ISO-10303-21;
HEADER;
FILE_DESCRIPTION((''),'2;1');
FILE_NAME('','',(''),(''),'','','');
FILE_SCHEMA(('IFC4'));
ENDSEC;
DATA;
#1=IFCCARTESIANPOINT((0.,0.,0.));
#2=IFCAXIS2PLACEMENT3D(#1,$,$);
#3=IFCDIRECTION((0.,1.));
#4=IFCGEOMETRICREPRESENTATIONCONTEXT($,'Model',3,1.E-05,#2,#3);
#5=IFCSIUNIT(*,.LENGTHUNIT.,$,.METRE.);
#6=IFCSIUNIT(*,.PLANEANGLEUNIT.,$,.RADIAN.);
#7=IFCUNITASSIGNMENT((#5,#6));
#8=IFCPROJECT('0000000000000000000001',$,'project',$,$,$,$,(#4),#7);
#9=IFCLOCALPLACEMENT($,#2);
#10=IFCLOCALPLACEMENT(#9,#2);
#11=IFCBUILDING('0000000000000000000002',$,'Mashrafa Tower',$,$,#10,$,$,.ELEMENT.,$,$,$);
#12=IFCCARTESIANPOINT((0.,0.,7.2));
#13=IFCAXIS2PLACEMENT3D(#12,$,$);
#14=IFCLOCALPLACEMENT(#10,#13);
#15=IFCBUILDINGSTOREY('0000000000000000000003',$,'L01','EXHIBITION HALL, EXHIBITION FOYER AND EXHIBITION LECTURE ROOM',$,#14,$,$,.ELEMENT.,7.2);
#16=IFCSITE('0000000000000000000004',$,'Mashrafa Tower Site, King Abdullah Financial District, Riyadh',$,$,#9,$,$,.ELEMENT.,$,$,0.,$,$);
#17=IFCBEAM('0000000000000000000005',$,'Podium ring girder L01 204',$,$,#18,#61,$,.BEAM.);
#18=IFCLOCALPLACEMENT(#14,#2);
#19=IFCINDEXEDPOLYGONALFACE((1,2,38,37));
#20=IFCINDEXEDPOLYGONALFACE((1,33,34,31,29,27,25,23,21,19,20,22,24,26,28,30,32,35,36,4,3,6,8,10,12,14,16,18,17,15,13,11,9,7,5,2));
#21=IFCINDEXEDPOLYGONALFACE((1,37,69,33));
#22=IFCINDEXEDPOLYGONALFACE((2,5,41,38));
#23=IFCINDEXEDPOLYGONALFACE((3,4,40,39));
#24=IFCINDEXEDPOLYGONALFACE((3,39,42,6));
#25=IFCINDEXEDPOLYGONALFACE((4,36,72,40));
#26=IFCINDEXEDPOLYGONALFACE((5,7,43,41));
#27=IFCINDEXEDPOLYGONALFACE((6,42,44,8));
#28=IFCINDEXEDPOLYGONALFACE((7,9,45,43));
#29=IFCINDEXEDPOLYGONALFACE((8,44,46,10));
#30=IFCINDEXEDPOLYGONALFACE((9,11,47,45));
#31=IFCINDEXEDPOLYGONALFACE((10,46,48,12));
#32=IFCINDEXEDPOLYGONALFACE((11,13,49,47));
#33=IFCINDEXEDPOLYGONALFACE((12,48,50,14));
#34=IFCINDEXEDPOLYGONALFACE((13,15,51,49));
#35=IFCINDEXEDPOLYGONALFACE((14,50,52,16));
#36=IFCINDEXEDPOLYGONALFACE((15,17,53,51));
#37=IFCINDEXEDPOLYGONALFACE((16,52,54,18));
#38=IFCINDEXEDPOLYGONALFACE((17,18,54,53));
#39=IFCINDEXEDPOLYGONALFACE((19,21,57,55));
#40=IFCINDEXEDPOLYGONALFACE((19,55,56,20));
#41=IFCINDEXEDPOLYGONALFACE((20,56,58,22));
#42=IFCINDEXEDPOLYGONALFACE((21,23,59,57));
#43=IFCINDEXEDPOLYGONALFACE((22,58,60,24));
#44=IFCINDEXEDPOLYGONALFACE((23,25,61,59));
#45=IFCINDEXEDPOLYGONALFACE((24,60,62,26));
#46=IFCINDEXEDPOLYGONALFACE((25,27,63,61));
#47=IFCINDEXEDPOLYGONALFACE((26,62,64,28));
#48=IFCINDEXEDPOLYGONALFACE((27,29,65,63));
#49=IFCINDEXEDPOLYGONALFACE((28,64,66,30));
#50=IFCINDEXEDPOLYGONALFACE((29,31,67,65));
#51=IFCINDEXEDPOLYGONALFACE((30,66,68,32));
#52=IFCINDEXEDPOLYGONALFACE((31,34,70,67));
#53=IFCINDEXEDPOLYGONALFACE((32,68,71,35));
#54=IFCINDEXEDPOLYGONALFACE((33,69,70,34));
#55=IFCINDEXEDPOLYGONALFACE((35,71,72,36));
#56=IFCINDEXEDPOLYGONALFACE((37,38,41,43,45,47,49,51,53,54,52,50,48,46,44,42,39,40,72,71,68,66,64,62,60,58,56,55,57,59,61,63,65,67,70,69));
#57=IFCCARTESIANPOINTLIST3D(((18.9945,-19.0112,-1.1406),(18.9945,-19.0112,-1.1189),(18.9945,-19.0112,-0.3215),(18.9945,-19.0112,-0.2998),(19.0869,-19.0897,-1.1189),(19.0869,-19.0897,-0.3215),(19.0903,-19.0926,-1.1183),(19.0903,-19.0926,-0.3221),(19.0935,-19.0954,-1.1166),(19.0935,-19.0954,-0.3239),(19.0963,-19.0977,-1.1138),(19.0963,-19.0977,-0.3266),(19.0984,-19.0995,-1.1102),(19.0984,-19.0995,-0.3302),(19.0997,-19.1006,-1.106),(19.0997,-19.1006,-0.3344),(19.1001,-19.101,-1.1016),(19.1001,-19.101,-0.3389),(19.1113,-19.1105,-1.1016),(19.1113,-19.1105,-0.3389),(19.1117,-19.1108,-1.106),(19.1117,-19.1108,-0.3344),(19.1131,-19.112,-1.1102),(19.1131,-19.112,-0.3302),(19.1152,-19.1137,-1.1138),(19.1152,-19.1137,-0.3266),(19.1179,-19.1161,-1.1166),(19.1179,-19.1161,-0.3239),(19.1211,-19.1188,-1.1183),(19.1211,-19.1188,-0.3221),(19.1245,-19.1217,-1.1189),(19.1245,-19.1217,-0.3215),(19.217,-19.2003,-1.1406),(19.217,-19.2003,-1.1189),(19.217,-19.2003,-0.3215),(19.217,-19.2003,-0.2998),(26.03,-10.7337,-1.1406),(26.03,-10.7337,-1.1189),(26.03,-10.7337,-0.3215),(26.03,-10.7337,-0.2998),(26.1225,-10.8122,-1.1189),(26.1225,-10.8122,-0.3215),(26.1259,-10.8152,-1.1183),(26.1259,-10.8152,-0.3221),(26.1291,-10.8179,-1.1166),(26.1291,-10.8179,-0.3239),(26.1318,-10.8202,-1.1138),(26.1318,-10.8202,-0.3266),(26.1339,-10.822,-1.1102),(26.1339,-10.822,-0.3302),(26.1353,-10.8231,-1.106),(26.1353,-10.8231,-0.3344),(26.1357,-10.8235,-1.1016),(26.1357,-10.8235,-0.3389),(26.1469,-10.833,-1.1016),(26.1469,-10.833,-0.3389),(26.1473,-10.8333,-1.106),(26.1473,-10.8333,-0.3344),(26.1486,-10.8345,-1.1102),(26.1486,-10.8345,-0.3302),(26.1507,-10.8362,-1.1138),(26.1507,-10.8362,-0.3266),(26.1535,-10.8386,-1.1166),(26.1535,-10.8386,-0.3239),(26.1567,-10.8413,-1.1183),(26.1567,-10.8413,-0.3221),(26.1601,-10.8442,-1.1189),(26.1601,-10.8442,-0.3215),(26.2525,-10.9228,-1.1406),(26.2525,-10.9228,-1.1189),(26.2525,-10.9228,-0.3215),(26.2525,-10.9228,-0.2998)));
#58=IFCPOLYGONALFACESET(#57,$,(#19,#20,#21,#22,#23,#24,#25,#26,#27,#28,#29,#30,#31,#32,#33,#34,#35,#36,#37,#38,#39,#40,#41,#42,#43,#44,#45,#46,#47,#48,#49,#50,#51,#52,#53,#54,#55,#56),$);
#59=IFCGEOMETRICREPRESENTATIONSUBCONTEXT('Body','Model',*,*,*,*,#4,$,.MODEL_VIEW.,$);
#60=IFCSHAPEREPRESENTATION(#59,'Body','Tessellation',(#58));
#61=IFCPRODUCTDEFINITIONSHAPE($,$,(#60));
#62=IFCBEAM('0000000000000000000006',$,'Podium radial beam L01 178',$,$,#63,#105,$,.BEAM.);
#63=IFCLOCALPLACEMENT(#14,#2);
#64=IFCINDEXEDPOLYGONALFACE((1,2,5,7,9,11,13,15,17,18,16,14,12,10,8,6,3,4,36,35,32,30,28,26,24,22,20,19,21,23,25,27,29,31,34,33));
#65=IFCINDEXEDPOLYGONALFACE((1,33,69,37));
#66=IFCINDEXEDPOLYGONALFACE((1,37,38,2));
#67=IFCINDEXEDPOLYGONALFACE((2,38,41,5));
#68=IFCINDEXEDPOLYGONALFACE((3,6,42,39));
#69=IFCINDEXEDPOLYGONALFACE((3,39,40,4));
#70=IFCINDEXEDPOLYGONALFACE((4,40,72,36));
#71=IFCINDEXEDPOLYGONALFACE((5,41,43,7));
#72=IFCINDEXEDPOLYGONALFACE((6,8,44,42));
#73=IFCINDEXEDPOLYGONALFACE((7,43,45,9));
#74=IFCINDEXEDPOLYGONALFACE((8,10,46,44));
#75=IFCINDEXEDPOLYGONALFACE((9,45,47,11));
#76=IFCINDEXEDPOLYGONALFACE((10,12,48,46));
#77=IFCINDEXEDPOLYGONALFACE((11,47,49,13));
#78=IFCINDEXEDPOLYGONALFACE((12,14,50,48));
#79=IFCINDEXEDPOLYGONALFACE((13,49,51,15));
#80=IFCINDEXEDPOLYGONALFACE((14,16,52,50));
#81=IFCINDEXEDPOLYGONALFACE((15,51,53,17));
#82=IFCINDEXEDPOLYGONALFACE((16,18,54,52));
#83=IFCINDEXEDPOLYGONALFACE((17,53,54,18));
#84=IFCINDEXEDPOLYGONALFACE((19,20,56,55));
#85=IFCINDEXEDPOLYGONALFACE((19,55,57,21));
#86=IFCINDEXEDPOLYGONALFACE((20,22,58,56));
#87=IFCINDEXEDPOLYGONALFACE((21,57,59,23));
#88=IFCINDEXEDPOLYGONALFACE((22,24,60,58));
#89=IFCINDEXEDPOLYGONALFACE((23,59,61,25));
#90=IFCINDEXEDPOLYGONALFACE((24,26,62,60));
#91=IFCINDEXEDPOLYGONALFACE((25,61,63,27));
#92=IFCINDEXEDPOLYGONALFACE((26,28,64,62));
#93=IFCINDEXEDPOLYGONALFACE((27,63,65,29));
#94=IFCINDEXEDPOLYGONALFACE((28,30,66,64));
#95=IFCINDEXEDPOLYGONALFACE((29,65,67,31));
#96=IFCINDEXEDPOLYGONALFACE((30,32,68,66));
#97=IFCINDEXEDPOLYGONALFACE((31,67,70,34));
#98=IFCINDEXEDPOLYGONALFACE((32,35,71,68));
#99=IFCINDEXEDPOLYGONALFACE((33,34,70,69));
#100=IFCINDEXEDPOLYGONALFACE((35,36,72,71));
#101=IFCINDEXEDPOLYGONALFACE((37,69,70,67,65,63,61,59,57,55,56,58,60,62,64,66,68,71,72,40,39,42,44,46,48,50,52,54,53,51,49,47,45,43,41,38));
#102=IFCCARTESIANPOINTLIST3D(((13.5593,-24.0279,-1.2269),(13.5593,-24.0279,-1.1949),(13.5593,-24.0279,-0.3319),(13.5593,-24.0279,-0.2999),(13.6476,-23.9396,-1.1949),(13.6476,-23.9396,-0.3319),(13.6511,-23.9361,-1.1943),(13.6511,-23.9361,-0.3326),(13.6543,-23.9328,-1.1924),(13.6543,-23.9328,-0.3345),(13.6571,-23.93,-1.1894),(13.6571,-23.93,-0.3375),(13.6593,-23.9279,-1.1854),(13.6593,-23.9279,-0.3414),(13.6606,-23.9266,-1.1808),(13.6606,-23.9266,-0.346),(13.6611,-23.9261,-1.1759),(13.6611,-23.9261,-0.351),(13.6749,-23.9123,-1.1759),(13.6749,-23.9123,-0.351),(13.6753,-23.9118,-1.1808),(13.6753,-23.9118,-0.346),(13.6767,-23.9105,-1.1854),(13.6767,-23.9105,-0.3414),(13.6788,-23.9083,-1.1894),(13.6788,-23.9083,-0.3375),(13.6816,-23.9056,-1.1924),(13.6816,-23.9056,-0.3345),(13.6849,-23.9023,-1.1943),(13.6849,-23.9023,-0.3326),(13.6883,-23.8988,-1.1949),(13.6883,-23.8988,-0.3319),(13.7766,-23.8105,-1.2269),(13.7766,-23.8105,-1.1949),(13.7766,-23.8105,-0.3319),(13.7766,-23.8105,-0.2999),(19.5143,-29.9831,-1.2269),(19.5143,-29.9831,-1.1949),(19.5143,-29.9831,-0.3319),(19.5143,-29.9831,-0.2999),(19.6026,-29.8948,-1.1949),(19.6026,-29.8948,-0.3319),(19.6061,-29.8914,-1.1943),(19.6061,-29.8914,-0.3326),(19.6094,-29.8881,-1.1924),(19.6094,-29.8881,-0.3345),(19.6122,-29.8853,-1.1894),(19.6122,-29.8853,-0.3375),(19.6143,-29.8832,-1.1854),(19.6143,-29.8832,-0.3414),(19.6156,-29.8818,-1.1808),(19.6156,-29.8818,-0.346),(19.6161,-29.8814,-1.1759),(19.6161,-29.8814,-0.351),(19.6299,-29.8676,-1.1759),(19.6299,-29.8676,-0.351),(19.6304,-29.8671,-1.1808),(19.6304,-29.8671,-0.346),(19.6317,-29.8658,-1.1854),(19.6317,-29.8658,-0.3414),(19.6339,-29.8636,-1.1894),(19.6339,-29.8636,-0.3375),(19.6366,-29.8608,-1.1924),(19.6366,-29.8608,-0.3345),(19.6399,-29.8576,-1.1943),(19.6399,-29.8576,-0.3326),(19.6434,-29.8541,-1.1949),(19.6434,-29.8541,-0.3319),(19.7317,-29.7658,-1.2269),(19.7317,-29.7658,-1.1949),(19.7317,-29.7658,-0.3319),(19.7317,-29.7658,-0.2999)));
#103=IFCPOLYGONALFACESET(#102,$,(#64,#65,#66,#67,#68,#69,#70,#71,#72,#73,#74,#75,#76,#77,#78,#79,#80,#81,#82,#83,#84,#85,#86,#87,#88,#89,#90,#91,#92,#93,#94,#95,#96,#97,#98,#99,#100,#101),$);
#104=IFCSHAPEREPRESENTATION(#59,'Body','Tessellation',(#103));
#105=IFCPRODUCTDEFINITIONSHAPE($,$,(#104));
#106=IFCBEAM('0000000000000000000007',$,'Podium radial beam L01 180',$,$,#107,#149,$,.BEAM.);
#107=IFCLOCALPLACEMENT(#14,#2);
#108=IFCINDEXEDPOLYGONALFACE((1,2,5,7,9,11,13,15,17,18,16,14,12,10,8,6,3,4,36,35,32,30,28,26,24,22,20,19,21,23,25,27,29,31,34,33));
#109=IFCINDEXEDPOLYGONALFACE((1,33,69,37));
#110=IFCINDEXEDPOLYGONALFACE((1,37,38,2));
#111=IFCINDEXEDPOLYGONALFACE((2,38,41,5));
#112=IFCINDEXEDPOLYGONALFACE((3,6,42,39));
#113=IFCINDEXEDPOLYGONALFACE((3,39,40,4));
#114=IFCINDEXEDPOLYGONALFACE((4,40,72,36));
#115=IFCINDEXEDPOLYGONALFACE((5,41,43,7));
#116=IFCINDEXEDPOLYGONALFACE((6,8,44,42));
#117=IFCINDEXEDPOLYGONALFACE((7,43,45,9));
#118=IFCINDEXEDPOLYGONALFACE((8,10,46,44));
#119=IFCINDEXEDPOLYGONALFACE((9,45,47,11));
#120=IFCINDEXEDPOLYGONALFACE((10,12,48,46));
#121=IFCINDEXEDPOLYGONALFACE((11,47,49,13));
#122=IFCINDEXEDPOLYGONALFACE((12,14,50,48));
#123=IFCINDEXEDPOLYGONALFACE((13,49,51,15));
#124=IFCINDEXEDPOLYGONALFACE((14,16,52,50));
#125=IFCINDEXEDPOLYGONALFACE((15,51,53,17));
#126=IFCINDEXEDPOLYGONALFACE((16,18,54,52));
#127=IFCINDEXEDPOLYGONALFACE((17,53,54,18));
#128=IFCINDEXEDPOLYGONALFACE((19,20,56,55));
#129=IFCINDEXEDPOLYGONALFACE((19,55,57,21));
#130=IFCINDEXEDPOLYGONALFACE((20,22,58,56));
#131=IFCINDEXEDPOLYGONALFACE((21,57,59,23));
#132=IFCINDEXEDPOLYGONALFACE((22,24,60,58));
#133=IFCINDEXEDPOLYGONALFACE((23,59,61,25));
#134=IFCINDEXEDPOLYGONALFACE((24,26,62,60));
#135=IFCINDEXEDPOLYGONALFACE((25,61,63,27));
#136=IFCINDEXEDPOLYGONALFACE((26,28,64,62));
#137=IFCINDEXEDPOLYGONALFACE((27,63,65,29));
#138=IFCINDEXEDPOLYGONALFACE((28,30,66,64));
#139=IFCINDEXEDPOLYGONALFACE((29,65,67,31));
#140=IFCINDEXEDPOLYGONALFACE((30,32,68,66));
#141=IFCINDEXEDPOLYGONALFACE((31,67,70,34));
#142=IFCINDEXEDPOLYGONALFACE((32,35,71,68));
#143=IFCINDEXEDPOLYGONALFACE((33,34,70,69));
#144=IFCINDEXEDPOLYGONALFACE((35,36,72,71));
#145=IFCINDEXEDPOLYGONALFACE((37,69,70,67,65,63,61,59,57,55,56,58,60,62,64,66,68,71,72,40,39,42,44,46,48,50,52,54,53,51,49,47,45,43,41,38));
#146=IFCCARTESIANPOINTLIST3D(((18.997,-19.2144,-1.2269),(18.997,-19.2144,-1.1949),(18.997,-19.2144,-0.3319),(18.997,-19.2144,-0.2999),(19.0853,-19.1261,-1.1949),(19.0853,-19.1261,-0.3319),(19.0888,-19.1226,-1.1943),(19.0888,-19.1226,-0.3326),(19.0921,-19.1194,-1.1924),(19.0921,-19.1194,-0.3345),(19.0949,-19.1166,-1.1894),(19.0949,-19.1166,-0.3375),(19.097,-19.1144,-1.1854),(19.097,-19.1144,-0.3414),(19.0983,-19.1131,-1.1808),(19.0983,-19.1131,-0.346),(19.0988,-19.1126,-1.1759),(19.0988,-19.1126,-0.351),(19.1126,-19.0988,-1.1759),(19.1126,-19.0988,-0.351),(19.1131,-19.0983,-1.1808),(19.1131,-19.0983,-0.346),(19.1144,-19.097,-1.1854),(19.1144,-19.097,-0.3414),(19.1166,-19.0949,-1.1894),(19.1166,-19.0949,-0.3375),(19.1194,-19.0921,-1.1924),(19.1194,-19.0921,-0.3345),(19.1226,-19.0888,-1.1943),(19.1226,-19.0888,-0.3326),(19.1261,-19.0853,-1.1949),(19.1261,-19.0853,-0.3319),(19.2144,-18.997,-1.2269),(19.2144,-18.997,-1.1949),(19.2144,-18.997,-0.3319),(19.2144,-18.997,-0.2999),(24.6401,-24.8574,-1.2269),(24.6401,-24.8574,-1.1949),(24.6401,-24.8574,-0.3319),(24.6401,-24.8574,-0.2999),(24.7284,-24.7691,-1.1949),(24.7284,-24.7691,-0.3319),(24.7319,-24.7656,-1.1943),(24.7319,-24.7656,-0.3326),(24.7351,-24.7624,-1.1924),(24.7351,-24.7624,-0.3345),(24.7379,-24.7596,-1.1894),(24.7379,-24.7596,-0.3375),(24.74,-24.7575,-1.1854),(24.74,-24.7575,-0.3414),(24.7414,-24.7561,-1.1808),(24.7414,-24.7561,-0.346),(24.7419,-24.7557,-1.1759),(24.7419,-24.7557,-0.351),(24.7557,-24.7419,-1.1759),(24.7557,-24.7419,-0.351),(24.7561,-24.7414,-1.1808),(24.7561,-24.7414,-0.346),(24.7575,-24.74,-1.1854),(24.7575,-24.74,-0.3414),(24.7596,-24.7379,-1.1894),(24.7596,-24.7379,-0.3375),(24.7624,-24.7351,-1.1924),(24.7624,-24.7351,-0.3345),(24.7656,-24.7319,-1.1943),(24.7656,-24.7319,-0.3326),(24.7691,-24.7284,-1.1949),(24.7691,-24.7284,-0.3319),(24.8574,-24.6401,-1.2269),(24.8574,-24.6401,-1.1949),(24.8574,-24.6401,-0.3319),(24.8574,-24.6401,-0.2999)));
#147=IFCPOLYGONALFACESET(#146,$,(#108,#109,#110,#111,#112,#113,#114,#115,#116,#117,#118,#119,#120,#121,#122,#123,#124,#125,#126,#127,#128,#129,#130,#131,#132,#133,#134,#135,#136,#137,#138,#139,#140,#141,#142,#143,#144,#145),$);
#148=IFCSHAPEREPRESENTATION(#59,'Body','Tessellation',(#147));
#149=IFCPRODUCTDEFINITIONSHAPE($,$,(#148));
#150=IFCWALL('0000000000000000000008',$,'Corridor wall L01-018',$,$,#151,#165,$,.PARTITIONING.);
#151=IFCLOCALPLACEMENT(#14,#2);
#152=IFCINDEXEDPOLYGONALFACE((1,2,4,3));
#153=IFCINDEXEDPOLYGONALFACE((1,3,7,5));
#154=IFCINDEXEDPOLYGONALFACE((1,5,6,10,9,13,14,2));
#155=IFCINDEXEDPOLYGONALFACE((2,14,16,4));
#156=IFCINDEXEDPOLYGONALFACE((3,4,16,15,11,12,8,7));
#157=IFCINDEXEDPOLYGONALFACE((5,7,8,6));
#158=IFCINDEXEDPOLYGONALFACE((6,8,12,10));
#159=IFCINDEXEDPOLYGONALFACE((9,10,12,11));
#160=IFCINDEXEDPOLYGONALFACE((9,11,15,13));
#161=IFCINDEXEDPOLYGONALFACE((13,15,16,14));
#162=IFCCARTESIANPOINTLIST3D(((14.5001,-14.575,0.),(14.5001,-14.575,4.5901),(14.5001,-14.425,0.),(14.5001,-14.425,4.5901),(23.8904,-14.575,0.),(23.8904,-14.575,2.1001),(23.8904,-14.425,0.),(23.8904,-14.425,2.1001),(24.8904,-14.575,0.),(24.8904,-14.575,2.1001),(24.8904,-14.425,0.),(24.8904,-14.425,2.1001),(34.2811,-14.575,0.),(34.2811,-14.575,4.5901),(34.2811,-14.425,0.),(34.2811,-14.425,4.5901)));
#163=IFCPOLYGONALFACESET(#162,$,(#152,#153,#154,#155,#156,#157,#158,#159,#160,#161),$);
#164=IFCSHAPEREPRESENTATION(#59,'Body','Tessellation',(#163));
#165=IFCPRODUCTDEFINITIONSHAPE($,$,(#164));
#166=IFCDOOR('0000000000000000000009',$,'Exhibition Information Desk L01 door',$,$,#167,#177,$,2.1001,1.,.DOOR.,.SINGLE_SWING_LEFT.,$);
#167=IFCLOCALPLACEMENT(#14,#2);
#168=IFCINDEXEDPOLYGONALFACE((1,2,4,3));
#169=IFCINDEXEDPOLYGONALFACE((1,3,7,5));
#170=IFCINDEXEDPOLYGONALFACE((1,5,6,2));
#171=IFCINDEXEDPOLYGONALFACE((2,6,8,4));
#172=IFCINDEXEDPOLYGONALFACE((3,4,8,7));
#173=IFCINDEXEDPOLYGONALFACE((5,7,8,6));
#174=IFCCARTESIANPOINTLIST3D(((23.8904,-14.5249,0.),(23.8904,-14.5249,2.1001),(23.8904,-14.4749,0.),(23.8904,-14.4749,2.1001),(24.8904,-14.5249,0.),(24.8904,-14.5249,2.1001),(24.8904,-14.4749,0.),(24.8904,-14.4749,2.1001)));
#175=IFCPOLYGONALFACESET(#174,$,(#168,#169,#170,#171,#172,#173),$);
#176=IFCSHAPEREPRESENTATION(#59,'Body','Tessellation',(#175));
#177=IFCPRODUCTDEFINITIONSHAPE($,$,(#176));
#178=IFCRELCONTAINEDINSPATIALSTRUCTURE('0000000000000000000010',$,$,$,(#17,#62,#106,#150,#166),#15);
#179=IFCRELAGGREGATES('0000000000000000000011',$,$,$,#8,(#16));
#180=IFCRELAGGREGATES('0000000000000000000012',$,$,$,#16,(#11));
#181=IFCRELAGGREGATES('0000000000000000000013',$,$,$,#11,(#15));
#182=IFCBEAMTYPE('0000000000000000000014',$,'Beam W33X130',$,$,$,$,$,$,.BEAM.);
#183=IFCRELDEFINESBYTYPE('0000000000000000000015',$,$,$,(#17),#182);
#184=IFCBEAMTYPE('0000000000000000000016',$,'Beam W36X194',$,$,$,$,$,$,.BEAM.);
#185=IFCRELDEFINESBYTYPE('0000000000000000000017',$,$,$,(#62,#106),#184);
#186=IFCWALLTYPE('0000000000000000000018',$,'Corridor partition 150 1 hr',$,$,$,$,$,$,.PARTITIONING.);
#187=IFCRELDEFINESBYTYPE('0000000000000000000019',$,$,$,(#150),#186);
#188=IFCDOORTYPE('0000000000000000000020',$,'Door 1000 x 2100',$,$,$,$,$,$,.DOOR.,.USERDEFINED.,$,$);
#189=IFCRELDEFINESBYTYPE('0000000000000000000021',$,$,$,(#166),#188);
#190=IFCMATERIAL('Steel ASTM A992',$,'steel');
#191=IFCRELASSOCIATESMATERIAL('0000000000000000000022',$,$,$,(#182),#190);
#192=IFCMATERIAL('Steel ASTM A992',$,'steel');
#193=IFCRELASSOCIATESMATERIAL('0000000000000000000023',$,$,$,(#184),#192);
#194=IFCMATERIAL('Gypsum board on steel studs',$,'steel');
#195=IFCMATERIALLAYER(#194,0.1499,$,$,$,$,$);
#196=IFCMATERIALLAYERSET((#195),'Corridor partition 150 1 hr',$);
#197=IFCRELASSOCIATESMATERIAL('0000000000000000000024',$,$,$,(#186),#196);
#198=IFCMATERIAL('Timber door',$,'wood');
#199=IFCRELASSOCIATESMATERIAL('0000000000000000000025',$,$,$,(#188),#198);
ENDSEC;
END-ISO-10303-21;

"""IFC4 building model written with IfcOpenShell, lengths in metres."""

from ifc_helpers import new_model, si_unit, direction, frame, frame_2d, origin, origin_2d, place, context, subcontext, project, spatial, rectangle, i_section, extrude, material, layer, layer_set, material_profile, profile_set, type_object, element, fill, save


model = new_model("IFC4")

# Units and contexts
model_context = context("Model", 3, precision=1e-05, world=origin(), true_north=direction((0.0, 1.0)))
body_context = subcontext(model_context, "Body", "Model", "MODEL_VIEW")
ifc_project = project(units=[si_unit("LENGTHUNIT", "METRE"), si_unit("PLANEANGLEUNIT", "RADIAN")], contexts=[model_context])

# Site, building, storey
site_placement = place(None, origin())
site = spatial("IfcSite", under=ifc_project, at=site_placement, Name="Mashrafa Tower Site, King Abdullah Financial District, Riyadh", CompositionType="ELEMENT", RefElevation=0.0)
building_placement = place(site_placement, origin())
building = spatial("IfcBuilding", under=site, at=building_placement, Name="Mashrafa Tower", CompositionType="ELEMENT")
storey_placement = place(building_placement, frame((0.0, 0.0, 7.2)))
storey = spatial("IfcBuildingStorey", under=building, at=storey_placement, Name="L01", Description="EXHIBITION HALL, EXHIBITION FOYER AND EXHIBITION LECTURE ROOM", CompositionType="ELEMENT", Elevation=7.2)

# Beams
ifc_material_1 = material(Name="Steel ASTM A992", Category="steel")
ifc_material_profile_1 = material_profile(ifc_material_1, i_section(OverallWidth=0.292, OverallDepth=0.8408, WebThickness=0.0146, FlangeThickness=0.0217, FilletRadius=0.0173, at=origin_2d()), Name="W33X130")
ifc_profile_set_1 = profile_set([ifc_material_profile_1], Name="Steel ASTM A992")
beam_type_1 = type_object("IfcBeamType", Name="Beam W33X130", PredefinedType="BEAM", material=ifc_profile_set_1)
beam_1_placement = place(storey_placement, frame((19.1057, -19.1057, -0.7202), z_axis=(0.647632, 0.761953, 0.0), x_axis=(-0.761953, 0.647632, 0.0)))
element("IfcBeam", 1, at=beam_1_placement, inside=storey, type_object=beam_type_1, Name="Podium ring girder L01 204", PredefinedType="BEAM", context=body_context, shape_type="SweptSolid", body=[
    extrude(i_section(OverallWidth=0.292, OverallDepth=0.8408, WebThickness=0.0146, FlangeThickness=0.0217, FilletRadius=0.0173, at=origin_2d()), origin(), (0.0, 0.0, 1.0), 10.8635),
])
ifc_material_2 = material(Name="Steel ASTM A992", Category="steel")
ifc_material_profile_2 = material_profile(ifc_material_2, i_section(OverallWidth=0.3074, OverallDepth=0.927, WebThickness=0.0195, FlangeThickness=0.032, FilletRadius=0.019, at=origin_2d()), Name="W36X194")
ifc_profile_set_2 = profile_set([ifc_material_profile_2], Name="Steel ASTM A992")
beam_type_2 = type_object("IfcBeamType", Name="Beam W36X194", PredefinedType="BEAM", material=ifc_profile_set_2)
beam_2_placement = place(storey_placement, frame((13.668, -23.9192, -0.7634), z_axis=(0.707092, -0.707121, 0.0), x_axis=(0.707121, 0.707092, 0.0)))
element("IfcBeam", 2, at=beam_2_placement, inside=storey, type_object=beam_type_2, Name="Podium radial beam L01 178", PredefinedType="BEAM", context=body_context, shape_type="SweptSolid", body=[
    extrude(i_section(OverallWidth=0.3074, OverallDepth=0.927, WebThickness=0.0195, FlangeThickness=0.032, FilletRadius=0.019, at=origin_2d()), origin(), (0.0, 0.0, 1.0), 8.4219),
])
beam_3_placement = place(storey_placement, frame((19.1057, -19.1057, -0.7634), z_axis=(0.707107, -0.707107, 0.0), x_axis=(0.707107, 0.707107, 0.0)))
element("IfcBeam", 3, at=beam_3_placement, inside=storey, type_object=beam_type_2, Name="Podium radial beam L01 180", PredefinedType="BEAM", context=body_context, shape_type="SweptSolid", body=[
    extrude(i_section(OverallWidth=0.3074, OverallDepth=0.927, WebThickness=0.0195, FlangeThickness=0.032, FilletRadius=0.019, at=origin_2d()), origin(), (0.0, 0.0, 1.0), 7.9805),
])

# Wall, opening, door
ifc_material_3 = material(Name="Gypsum board on steel studs", Category="steel")
ifc_layer_1 = layer(ifc_material_3, 0.1499)
ifc_layer_set_1 = layer_set([ifc_layer_1], Name="Corridor partition 150 1 hr")
wall_type_1 = type_object("IfcWallType", Name="Corridor partition 150 1 hr", PredefinedType="PARTITIONING", material=ifc_layer_set_1)
wall_1_placement = place(storey_placement, frame((14.5, -14.5, 0.0), z_axis=(0.0, 0.0, 1.0), x_axis=(1.0, 0.0, 0.0)))
wall_1 = element("IfcWall", 4, at=wall_1_placement, inside=storey, type_object=wall_type_1, Name="Corridor wall L01-018", PredefinedType="PARTITIONING", context=body_context, shape_type="SweptSolid", body=[
    extrude(rectangle(XDim=19.781, YDim=0.1499, at=frame_2d((9.8906, 0.0))), origin(), (0.0, 0.0, 1.0), 4.5901),
])
opening_1_placement = place(wall_1_placement, frame((9.3904, 0.0, 0.0)))
opening_1 = element("IfcOpeningElement", 5, at=opening_1_placement, cuts=wall_1, PredefinedType="OPENING", context=body_context, shape_type="SweptSolid", body=[
    extrude(rectangle(XDim=1.0, YDim=2.1001, at=frame_2d((0.5, 1.05))), frame((0.0, 0.085, 0.0), z_axis=(0.0, -1.0, 0.0), x_axis=(1.0, 0.0, 0.0)), (0.0, 0.0, 1.0), 0.1699),
])
ifc_material_4 = material(Name="Timber door", Category="wood")
door_type = type_object("IfcDoorType", Name="Door 1000 x 2100", OperationType="USERDEFINED", PredefinedType="DOOR", material=ifc_material_4)
door_placement = place(opening_1_placement, frame((1.0, 0.0, 0.0), z_axis=(0.0, 0.0, 1.0), x_axis=(-1.0, 0.0, 0.0)))
door = element("IfcDoor", 6, at=door_placement, inside=storey, type_object=door_type, Name="Exhibition Information Desk L01 door", OperationType="SINGLE_SWING_LEFT", OverallHeight=2.1001, OverallWidth=1.0, PredefinedType="DOOR", context=body_context, shape_type="SweptSolid", body=[
    extrude(rectangle(XDim=1.0, YDim=2.1001, at=frame_2d((0.5, 1.05))), frame((0.0, 0.0249, 0.0), z_axis=(0.0, -1.0, 0.0), x_axis=(1.0, 0.0, 0.0)), (0.0, 0.0, 1.0), 0.05),
])
fill(opening_1, door)

save(model, "model.ifc")
